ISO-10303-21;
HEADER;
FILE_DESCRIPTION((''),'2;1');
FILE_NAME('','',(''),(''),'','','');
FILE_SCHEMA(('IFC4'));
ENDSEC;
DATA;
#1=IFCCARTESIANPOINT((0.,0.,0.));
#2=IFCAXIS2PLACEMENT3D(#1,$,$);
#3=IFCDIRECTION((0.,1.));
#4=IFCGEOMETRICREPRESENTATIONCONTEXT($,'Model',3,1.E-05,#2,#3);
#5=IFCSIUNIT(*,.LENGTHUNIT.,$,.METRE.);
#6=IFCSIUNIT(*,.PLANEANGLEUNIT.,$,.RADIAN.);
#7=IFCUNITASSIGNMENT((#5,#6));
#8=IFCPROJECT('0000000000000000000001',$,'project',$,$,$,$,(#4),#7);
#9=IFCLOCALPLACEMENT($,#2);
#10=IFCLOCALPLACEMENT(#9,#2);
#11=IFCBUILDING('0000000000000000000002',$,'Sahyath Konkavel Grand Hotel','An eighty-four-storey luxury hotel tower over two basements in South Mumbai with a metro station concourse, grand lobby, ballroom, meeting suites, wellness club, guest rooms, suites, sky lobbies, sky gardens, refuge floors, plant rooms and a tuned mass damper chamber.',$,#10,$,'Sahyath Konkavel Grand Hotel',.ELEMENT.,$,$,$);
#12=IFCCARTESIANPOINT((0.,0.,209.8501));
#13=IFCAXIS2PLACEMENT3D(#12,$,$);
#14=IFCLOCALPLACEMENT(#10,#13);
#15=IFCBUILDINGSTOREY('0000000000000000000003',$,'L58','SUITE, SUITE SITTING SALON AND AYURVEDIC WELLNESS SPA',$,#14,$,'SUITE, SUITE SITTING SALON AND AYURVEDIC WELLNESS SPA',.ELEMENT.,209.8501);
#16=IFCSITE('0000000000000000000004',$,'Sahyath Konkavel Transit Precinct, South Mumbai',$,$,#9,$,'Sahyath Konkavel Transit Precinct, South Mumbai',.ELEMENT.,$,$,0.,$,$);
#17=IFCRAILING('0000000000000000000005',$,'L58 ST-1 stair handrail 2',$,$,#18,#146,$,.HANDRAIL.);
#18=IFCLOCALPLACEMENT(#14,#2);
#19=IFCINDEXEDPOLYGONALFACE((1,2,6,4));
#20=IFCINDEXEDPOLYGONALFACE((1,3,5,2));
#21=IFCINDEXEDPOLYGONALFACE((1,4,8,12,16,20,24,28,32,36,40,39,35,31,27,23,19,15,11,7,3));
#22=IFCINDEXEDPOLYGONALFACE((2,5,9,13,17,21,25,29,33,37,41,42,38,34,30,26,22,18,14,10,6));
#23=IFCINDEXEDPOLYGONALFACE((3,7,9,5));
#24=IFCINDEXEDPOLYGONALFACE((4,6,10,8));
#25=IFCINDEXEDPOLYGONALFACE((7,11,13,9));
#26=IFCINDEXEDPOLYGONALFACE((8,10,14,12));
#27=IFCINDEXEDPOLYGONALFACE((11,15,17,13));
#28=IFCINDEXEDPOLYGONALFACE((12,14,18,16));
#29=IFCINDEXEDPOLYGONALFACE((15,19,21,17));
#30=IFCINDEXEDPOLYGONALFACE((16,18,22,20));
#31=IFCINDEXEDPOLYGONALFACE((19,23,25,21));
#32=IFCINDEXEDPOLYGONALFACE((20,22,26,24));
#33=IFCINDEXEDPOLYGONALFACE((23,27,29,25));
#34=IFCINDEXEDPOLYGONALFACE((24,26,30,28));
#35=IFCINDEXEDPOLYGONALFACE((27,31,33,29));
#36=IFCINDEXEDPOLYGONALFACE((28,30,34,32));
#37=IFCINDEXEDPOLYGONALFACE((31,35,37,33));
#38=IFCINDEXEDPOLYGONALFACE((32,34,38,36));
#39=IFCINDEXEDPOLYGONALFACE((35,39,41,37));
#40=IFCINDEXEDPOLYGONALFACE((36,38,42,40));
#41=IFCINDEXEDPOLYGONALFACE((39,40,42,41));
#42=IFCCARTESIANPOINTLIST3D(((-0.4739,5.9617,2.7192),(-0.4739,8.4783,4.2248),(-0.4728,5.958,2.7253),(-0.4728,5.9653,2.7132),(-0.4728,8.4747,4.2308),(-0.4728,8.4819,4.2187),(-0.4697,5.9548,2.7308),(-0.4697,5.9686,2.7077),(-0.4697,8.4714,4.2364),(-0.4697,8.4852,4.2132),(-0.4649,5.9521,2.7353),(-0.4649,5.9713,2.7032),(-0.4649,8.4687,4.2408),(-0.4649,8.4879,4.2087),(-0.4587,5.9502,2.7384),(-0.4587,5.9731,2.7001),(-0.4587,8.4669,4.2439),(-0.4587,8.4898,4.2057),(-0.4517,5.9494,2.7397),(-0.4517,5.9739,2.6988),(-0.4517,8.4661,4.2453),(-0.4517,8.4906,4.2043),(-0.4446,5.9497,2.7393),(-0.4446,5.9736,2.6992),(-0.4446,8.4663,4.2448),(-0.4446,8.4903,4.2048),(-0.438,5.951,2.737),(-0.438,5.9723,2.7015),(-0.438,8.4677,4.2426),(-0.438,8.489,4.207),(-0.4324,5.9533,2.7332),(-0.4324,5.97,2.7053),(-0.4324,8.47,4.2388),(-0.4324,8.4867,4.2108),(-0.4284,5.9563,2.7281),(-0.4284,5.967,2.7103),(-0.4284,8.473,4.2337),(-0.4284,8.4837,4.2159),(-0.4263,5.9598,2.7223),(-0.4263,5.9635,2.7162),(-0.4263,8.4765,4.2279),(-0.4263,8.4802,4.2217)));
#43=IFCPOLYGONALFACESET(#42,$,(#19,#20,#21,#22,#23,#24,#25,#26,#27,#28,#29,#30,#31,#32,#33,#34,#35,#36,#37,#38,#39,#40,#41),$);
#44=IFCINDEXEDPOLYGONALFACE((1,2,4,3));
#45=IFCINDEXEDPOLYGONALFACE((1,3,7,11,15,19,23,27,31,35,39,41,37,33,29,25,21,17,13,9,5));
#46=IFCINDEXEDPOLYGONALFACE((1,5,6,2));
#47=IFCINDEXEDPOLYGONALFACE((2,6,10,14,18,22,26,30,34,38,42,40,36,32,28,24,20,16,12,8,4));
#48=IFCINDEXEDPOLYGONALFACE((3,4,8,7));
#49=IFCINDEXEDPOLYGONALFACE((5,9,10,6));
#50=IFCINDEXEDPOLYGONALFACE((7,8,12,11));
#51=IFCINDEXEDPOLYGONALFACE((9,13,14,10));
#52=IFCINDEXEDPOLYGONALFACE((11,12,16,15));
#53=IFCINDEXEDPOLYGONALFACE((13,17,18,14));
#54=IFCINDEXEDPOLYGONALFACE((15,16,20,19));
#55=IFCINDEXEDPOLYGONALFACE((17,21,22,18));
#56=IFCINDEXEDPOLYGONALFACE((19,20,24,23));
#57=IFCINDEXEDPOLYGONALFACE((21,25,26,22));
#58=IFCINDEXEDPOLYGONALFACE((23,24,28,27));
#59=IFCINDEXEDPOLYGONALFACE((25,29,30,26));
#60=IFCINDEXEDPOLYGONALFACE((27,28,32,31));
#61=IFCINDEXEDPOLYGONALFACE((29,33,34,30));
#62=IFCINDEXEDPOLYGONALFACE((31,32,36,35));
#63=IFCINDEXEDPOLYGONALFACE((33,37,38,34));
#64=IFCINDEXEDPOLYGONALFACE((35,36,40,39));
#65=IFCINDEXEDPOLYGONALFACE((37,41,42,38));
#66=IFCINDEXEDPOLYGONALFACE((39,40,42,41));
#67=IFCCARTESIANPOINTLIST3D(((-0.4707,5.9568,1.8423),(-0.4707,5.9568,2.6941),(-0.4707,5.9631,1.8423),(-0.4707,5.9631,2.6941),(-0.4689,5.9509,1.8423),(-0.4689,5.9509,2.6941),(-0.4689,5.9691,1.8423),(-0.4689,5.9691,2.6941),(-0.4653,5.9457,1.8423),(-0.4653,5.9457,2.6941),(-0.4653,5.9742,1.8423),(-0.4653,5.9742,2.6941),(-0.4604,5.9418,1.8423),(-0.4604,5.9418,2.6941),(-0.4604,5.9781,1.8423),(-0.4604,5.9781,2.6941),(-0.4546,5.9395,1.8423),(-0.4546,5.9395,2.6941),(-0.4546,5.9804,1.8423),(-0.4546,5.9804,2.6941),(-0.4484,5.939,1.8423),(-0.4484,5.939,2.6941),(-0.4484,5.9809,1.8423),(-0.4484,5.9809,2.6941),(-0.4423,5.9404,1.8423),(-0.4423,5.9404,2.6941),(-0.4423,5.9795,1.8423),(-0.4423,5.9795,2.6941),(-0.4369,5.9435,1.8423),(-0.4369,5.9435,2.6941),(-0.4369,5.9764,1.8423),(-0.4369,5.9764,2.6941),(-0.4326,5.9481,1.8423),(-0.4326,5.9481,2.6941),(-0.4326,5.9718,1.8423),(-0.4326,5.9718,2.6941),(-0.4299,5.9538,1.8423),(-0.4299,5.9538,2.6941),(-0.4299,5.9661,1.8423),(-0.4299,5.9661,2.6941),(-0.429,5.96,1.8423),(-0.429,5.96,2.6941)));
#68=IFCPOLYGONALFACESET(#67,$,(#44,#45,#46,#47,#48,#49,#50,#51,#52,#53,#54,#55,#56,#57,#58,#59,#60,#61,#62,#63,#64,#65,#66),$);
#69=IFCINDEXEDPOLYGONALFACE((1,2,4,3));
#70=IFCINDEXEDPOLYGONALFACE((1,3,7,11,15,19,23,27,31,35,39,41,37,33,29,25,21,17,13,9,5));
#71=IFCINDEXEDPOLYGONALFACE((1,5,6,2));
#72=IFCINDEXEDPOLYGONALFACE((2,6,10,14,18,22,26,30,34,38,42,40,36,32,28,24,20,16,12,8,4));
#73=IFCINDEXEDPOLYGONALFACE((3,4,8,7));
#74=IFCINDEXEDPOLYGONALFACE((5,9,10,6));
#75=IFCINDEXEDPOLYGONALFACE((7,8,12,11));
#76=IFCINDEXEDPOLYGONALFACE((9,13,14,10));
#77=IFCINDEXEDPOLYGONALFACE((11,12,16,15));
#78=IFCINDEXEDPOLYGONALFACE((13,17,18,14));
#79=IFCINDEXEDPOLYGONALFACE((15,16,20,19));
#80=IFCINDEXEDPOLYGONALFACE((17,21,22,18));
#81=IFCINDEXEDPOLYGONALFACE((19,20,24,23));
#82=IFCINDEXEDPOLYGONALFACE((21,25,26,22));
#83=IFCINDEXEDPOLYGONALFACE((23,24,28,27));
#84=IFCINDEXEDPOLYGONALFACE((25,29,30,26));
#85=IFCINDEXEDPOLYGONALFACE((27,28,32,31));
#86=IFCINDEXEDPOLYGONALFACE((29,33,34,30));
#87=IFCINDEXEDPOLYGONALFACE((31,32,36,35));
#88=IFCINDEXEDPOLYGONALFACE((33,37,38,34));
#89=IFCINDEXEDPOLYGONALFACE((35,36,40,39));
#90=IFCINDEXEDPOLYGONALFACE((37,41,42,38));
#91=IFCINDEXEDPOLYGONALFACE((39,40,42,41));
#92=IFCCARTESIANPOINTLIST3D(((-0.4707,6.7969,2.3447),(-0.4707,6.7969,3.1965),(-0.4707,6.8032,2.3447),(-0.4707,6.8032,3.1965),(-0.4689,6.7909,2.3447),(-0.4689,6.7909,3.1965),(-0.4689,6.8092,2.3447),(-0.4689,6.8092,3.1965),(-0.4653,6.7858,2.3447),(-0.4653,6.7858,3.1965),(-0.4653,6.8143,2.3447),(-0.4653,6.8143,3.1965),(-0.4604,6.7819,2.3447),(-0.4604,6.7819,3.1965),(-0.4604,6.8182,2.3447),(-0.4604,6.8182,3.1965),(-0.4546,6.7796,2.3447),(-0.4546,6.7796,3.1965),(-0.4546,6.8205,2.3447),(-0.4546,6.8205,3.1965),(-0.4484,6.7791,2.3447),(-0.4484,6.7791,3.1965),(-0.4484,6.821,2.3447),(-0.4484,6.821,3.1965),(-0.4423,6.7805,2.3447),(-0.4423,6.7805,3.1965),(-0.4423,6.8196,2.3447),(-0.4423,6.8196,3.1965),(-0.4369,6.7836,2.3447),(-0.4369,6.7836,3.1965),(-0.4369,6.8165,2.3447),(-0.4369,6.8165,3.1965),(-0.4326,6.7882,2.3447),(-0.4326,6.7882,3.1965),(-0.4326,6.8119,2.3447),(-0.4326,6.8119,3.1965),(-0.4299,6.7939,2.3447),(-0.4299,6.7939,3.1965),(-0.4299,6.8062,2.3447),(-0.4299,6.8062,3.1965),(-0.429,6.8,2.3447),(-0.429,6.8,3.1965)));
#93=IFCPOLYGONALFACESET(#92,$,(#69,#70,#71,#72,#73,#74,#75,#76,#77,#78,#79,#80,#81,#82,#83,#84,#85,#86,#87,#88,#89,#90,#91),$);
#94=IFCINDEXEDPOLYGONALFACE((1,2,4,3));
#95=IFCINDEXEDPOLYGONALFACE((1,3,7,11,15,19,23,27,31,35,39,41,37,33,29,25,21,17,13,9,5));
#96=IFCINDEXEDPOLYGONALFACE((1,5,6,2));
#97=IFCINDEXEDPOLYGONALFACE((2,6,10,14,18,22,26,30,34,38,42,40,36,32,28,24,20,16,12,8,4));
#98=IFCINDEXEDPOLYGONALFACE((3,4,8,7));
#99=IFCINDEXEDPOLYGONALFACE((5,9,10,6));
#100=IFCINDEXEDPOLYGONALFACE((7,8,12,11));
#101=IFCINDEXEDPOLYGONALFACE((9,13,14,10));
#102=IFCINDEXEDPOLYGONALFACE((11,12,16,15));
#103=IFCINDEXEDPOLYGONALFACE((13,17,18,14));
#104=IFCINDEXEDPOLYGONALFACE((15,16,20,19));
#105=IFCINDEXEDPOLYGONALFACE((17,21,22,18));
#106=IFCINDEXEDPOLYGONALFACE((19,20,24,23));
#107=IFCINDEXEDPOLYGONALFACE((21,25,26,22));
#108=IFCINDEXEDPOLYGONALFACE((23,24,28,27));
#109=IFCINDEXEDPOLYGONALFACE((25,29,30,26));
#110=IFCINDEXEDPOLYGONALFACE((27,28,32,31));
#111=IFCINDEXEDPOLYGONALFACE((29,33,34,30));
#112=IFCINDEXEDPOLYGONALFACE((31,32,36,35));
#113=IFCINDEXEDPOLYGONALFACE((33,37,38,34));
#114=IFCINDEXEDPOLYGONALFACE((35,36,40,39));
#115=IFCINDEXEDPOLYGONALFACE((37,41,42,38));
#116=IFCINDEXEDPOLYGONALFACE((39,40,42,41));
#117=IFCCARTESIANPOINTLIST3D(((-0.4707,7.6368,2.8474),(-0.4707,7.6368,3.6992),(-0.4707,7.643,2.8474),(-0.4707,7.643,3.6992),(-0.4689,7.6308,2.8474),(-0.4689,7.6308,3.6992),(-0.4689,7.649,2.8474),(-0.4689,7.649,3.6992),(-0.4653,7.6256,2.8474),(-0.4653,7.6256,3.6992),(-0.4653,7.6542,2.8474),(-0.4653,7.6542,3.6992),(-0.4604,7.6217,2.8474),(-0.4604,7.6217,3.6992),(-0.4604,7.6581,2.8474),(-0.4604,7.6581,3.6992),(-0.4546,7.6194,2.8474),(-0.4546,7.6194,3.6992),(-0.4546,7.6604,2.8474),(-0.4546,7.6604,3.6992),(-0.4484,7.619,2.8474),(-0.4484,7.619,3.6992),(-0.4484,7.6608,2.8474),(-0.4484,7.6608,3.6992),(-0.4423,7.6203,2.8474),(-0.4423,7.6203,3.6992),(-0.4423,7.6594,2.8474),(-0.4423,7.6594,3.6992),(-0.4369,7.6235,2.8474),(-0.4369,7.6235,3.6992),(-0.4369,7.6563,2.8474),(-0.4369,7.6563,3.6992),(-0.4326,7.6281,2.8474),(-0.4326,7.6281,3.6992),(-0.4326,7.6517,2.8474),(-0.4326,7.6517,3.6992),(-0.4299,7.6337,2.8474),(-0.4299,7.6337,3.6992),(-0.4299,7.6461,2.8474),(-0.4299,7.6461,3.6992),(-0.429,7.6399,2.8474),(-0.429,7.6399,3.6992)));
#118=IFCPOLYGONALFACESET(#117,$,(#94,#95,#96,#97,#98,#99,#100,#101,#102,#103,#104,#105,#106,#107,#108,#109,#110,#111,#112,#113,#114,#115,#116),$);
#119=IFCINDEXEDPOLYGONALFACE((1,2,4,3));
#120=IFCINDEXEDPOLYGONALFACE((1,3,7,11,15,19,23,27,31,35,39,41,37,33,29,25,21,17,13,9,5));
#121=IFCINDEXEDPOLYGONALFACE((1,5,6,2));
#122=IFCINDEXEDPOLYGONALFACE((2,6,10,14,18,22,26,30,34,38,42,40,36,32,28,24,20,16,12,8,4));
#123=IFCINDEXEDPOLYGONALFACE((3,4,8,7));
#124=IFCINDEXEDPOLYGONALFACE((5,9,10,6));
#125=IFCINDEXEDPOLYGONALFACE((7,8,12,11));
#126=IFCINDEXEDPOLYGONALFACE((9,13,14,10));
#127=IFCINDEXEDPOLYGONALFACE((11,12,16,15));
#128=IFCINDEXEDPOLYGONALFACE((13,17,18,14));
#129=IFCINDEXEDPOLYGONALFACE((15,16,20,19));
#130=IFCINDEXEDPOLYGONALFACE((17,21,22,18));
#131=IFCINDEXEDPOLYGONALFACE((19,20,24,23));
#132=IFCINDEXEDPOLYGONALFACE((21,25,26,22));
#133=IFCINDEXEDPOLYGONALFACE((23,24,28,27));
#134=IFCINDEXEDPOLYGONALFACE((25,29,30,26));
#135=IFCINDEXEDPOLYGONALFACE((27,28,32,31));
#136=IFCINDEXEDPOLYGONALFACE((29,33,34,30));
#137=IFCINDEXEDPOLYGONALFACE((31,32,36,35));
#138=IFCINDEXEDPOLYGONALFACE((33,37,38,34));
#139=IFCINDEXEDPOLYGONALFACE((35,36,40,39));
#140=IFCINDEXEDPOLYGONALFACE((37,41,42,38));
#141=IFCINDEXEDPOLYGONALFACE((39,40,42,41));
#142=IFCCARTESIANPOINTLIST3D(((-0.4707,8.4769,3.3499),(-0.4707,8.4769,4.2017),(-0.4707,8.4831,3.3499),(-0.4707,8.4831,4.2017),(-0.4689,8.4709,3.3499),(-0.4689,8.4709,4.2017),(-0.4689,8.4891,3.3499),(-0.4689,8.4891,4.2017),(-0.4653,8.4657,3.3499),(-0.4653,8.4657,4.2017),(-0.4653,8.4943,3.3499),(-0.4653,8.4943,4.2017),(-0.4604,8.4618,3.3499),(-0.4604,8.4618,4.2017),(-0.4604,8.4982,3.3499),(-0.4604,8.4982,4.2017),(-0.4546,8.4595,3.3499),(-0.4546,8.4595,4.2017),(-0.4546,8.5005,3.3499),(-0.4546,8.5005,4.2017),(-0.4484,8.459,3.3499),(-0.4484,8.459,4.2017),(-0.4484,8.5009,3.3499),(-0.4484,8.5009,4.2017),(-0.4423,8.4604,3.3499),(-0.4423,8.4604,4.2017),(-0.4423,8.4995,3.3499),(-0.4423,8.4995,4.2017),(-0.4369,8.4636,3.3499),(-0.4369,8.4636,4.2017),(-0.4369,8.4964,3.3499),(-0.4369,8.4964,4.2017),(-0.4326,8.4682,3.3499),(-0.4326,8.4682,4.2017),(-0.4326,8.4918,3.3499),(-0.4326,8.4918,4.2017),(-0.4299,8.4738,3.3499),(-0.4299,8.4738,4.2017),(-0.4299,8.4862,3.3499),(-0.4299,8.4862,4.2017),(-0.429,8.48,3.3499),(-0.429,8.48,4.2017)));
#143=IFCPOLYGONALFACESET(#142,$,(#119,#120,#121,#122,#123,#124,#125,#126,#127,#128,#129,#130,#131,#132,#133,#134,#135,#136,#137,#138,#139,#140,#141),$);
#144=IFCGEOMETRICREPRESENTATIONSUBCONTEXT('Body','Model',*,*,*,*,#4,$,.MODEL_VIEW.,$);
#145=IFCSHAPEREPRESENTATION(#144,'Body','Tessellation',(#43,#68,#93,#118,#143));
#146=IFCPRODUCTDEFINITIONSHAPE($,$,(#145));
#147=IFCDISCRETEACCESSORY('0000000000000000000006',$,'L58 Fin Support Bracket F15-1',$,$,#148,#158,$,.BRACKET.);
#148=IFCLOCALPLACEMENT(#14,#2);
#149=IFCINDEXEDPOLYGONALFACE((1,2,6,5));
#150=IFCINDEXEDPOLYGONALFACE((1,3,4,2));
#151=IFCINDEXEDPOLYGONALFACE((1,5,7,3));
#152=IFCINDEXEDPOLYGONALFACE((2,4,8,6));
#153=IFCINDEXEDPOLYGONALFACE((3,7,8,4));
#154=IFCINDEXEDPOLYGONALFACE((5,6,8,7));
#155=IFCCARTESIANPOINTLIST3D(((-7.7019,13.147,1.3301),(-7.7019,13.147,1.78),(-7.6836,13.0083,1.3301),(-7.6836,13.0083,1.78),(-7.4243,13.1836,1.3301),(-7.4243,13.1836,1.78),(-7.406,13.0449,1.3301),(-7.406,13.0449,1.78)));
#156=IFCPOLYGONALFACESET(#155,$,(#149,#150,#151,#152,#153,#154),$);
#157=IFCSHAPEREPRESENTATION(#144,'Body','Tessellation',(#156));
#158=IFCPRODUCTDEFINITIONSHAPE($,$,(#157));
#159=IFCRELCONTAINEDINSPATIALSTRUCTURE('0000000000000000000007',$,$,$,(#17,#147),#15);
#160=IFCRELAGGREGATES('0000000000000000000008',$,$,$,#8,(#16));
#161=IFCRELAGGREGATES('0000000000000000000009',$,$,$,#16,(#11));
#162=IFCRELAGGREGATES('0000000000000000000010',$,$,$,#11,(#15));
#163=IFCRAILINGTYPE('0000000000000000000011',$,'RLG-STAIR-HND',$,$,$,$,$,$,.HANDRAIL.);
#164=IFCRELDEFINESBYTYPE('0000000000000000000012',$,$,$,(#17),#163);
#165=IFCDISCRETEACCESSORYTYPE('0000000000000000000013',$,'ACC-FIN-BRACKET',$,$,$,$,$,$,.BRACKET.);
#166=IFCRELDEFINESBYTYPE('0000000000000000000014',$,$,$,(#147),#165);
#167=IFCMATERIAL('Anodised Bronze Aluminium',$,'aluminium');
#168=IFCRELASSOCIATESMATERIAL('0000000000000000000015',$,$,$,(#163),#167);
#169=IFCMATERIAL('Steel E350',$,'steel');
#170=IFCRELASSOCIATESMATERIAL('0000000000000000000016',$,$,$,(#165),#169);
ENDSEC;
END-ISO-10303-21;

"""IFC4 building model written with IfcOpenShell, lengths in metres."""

from ifc_helpers import new_model, si_unit, direction, frame, origin, origin_2d, place, context, subcontext, project, spatial, rectangle, circle, extrude, source, transform, mapped, material, type_object, element, save


model = new_model("IFC4")

# Units and contexts
model_context = context("Model", 3, precision=1e-05, world=origin(), true_north=direction((0.0, 1.0)))
body_context = subcontext(model_context, "Body", "Model", "MODEL_VIEW")
ifc_project = project(units=[si_unit("LENGTHUNIT", "METRE"), si_unit("PLANEANGLEUNIT", "RADIAN")], contexts=[model_context])

# Site, building, storey
site_placement = place(None, origin())
site = spatial("IfcSite", under=ifc_project, at=site_placement, Name="Sahyath Konkavel Transit Precinct, South Mumbai", LongName="Sahyath Konkavel Transit Precinct, South Mumbai", CompositionType="ELEMENT", RefElevation=0.0)
building_placement = place(site_placement, origin())
building = spatial("IfcBuilding", under=site, at=building_placement, Name="Sahyath Konkavel Grand Hotel", Description="An eighty-four-storey luxury hotel tower over two basements in South Mumbai with a metro station concourse, grand lobby, ballroom, meeting suites, wellness club, guest rooms, suites, sky lobbies, sky gardens, refuge floors, plant rooms and a tuned mass damper chamber.", LongName="Sahyath Konkavel Grand Hotel", CompositionType="ELEMENT")
storey_placement = place(building_placement, frame((0.0, 0.0, 209.8501)))
storey = spatial("IfcBuildingStorey", under=building, at=storey_placement, Name="L58", Description="SUITE, SUITE SITTING SALON AND AYURVEDIC WELLNESS SPA", LongName="SUITE, SUITE SITTING SALON AND AYURVEDIC WELLNESS SPA", CompositionType="ELEMENT", Elevation=209.8501)

# Shared definitions
ifc_material_1 = material(Name="Steel E350", Category="steel")

# Shared definitions
ifc_material_2 = material(Name="Anodised Bronze Aluminium", Category="aluminium")

# Railing
railing_type_1 = type_object("IfcRailingType", Name="RLG-STAIR-HND", PredefinedType="HANDRAIL", material=ifc_material_2)
railing_1_placement = place(storey_placement, frame((-0.45, 5.96, 1.8423)))
element("IfcRailing", 1, at=railing_1_placement, inside=storey, type_object=railing_type_1, Name="L58 ST-1 stair handrail 2", PredefinedType="HANDRAIL", context=body_context, shape_type="SweptSolid", body=[
    extrude(circle(Radius=0.0239, at=origin_2d()), frame((0.0, 0.0017, 0.877), z_axis=(0.0, 0.85816, 0.513383), x_axis=(-1.0, 0.0, 0.0)), (0.0, 0.0, 1.0), 2.9326),
    extrude(circle(Radius=0.021, at=origin_2d()), origin(), (0.0, 0.0, 1.0), 0.8518),
    extrude(circle(Radius=0.021, at=origin_2d()), frame((0.0, 0.8401, 0.5024)), (0.0, 0.0, 1.0), 0.8518),
    extrude(circle(Radius=0.021, at=origin_2d()), frame((0.0, 1.6799, 1.0051)), (0.0, 0.0, 1.0), 0.8518),
    extrude(circle(Radius=0.021, at=origin_2d()), frame((0.0, 2.52, 1.5076)), (0.0, 0.0, 1.0), 0.8518),
])

# Discrete accessory
discrete_accessory_type = type_object("IfcDiscreteAccessoryType", Name="ACC-FIN-BRACKET", PredefinedType="BRACKET", material=ifc_material_1)
shared_shape_1 = source(origin(), body_context, "Body", "SweptSolid", [
    extrude(rectangle(XDim=0.28, YDim=0.1399, at=origin_2d()), origin(), (0.0, 0.0, 1.0), 0.45),
])
discrete_accessory_placement = place(storey_placement, frame((-7.554, 13.0959, 1.3301), z_axis=(0.0, 0.0, 1.0), x_axis=(-0.991445, -0.130526, 0.0)))
element("IfcDiscreteAccessory", 2, at=discrete_accessory_placement, inside=storey, type_object=discrete_accessory_type, Name="L58 Fin Support Bracket F15-1", PredefinedType="BRACKET", context=body_context, shape_type="MappedRepresentation", body=[
    mapped(shared_shape_1, transform((0.0, 0.0, 0.0), scale=1.0)),
])

save(model, "model.ifc")
